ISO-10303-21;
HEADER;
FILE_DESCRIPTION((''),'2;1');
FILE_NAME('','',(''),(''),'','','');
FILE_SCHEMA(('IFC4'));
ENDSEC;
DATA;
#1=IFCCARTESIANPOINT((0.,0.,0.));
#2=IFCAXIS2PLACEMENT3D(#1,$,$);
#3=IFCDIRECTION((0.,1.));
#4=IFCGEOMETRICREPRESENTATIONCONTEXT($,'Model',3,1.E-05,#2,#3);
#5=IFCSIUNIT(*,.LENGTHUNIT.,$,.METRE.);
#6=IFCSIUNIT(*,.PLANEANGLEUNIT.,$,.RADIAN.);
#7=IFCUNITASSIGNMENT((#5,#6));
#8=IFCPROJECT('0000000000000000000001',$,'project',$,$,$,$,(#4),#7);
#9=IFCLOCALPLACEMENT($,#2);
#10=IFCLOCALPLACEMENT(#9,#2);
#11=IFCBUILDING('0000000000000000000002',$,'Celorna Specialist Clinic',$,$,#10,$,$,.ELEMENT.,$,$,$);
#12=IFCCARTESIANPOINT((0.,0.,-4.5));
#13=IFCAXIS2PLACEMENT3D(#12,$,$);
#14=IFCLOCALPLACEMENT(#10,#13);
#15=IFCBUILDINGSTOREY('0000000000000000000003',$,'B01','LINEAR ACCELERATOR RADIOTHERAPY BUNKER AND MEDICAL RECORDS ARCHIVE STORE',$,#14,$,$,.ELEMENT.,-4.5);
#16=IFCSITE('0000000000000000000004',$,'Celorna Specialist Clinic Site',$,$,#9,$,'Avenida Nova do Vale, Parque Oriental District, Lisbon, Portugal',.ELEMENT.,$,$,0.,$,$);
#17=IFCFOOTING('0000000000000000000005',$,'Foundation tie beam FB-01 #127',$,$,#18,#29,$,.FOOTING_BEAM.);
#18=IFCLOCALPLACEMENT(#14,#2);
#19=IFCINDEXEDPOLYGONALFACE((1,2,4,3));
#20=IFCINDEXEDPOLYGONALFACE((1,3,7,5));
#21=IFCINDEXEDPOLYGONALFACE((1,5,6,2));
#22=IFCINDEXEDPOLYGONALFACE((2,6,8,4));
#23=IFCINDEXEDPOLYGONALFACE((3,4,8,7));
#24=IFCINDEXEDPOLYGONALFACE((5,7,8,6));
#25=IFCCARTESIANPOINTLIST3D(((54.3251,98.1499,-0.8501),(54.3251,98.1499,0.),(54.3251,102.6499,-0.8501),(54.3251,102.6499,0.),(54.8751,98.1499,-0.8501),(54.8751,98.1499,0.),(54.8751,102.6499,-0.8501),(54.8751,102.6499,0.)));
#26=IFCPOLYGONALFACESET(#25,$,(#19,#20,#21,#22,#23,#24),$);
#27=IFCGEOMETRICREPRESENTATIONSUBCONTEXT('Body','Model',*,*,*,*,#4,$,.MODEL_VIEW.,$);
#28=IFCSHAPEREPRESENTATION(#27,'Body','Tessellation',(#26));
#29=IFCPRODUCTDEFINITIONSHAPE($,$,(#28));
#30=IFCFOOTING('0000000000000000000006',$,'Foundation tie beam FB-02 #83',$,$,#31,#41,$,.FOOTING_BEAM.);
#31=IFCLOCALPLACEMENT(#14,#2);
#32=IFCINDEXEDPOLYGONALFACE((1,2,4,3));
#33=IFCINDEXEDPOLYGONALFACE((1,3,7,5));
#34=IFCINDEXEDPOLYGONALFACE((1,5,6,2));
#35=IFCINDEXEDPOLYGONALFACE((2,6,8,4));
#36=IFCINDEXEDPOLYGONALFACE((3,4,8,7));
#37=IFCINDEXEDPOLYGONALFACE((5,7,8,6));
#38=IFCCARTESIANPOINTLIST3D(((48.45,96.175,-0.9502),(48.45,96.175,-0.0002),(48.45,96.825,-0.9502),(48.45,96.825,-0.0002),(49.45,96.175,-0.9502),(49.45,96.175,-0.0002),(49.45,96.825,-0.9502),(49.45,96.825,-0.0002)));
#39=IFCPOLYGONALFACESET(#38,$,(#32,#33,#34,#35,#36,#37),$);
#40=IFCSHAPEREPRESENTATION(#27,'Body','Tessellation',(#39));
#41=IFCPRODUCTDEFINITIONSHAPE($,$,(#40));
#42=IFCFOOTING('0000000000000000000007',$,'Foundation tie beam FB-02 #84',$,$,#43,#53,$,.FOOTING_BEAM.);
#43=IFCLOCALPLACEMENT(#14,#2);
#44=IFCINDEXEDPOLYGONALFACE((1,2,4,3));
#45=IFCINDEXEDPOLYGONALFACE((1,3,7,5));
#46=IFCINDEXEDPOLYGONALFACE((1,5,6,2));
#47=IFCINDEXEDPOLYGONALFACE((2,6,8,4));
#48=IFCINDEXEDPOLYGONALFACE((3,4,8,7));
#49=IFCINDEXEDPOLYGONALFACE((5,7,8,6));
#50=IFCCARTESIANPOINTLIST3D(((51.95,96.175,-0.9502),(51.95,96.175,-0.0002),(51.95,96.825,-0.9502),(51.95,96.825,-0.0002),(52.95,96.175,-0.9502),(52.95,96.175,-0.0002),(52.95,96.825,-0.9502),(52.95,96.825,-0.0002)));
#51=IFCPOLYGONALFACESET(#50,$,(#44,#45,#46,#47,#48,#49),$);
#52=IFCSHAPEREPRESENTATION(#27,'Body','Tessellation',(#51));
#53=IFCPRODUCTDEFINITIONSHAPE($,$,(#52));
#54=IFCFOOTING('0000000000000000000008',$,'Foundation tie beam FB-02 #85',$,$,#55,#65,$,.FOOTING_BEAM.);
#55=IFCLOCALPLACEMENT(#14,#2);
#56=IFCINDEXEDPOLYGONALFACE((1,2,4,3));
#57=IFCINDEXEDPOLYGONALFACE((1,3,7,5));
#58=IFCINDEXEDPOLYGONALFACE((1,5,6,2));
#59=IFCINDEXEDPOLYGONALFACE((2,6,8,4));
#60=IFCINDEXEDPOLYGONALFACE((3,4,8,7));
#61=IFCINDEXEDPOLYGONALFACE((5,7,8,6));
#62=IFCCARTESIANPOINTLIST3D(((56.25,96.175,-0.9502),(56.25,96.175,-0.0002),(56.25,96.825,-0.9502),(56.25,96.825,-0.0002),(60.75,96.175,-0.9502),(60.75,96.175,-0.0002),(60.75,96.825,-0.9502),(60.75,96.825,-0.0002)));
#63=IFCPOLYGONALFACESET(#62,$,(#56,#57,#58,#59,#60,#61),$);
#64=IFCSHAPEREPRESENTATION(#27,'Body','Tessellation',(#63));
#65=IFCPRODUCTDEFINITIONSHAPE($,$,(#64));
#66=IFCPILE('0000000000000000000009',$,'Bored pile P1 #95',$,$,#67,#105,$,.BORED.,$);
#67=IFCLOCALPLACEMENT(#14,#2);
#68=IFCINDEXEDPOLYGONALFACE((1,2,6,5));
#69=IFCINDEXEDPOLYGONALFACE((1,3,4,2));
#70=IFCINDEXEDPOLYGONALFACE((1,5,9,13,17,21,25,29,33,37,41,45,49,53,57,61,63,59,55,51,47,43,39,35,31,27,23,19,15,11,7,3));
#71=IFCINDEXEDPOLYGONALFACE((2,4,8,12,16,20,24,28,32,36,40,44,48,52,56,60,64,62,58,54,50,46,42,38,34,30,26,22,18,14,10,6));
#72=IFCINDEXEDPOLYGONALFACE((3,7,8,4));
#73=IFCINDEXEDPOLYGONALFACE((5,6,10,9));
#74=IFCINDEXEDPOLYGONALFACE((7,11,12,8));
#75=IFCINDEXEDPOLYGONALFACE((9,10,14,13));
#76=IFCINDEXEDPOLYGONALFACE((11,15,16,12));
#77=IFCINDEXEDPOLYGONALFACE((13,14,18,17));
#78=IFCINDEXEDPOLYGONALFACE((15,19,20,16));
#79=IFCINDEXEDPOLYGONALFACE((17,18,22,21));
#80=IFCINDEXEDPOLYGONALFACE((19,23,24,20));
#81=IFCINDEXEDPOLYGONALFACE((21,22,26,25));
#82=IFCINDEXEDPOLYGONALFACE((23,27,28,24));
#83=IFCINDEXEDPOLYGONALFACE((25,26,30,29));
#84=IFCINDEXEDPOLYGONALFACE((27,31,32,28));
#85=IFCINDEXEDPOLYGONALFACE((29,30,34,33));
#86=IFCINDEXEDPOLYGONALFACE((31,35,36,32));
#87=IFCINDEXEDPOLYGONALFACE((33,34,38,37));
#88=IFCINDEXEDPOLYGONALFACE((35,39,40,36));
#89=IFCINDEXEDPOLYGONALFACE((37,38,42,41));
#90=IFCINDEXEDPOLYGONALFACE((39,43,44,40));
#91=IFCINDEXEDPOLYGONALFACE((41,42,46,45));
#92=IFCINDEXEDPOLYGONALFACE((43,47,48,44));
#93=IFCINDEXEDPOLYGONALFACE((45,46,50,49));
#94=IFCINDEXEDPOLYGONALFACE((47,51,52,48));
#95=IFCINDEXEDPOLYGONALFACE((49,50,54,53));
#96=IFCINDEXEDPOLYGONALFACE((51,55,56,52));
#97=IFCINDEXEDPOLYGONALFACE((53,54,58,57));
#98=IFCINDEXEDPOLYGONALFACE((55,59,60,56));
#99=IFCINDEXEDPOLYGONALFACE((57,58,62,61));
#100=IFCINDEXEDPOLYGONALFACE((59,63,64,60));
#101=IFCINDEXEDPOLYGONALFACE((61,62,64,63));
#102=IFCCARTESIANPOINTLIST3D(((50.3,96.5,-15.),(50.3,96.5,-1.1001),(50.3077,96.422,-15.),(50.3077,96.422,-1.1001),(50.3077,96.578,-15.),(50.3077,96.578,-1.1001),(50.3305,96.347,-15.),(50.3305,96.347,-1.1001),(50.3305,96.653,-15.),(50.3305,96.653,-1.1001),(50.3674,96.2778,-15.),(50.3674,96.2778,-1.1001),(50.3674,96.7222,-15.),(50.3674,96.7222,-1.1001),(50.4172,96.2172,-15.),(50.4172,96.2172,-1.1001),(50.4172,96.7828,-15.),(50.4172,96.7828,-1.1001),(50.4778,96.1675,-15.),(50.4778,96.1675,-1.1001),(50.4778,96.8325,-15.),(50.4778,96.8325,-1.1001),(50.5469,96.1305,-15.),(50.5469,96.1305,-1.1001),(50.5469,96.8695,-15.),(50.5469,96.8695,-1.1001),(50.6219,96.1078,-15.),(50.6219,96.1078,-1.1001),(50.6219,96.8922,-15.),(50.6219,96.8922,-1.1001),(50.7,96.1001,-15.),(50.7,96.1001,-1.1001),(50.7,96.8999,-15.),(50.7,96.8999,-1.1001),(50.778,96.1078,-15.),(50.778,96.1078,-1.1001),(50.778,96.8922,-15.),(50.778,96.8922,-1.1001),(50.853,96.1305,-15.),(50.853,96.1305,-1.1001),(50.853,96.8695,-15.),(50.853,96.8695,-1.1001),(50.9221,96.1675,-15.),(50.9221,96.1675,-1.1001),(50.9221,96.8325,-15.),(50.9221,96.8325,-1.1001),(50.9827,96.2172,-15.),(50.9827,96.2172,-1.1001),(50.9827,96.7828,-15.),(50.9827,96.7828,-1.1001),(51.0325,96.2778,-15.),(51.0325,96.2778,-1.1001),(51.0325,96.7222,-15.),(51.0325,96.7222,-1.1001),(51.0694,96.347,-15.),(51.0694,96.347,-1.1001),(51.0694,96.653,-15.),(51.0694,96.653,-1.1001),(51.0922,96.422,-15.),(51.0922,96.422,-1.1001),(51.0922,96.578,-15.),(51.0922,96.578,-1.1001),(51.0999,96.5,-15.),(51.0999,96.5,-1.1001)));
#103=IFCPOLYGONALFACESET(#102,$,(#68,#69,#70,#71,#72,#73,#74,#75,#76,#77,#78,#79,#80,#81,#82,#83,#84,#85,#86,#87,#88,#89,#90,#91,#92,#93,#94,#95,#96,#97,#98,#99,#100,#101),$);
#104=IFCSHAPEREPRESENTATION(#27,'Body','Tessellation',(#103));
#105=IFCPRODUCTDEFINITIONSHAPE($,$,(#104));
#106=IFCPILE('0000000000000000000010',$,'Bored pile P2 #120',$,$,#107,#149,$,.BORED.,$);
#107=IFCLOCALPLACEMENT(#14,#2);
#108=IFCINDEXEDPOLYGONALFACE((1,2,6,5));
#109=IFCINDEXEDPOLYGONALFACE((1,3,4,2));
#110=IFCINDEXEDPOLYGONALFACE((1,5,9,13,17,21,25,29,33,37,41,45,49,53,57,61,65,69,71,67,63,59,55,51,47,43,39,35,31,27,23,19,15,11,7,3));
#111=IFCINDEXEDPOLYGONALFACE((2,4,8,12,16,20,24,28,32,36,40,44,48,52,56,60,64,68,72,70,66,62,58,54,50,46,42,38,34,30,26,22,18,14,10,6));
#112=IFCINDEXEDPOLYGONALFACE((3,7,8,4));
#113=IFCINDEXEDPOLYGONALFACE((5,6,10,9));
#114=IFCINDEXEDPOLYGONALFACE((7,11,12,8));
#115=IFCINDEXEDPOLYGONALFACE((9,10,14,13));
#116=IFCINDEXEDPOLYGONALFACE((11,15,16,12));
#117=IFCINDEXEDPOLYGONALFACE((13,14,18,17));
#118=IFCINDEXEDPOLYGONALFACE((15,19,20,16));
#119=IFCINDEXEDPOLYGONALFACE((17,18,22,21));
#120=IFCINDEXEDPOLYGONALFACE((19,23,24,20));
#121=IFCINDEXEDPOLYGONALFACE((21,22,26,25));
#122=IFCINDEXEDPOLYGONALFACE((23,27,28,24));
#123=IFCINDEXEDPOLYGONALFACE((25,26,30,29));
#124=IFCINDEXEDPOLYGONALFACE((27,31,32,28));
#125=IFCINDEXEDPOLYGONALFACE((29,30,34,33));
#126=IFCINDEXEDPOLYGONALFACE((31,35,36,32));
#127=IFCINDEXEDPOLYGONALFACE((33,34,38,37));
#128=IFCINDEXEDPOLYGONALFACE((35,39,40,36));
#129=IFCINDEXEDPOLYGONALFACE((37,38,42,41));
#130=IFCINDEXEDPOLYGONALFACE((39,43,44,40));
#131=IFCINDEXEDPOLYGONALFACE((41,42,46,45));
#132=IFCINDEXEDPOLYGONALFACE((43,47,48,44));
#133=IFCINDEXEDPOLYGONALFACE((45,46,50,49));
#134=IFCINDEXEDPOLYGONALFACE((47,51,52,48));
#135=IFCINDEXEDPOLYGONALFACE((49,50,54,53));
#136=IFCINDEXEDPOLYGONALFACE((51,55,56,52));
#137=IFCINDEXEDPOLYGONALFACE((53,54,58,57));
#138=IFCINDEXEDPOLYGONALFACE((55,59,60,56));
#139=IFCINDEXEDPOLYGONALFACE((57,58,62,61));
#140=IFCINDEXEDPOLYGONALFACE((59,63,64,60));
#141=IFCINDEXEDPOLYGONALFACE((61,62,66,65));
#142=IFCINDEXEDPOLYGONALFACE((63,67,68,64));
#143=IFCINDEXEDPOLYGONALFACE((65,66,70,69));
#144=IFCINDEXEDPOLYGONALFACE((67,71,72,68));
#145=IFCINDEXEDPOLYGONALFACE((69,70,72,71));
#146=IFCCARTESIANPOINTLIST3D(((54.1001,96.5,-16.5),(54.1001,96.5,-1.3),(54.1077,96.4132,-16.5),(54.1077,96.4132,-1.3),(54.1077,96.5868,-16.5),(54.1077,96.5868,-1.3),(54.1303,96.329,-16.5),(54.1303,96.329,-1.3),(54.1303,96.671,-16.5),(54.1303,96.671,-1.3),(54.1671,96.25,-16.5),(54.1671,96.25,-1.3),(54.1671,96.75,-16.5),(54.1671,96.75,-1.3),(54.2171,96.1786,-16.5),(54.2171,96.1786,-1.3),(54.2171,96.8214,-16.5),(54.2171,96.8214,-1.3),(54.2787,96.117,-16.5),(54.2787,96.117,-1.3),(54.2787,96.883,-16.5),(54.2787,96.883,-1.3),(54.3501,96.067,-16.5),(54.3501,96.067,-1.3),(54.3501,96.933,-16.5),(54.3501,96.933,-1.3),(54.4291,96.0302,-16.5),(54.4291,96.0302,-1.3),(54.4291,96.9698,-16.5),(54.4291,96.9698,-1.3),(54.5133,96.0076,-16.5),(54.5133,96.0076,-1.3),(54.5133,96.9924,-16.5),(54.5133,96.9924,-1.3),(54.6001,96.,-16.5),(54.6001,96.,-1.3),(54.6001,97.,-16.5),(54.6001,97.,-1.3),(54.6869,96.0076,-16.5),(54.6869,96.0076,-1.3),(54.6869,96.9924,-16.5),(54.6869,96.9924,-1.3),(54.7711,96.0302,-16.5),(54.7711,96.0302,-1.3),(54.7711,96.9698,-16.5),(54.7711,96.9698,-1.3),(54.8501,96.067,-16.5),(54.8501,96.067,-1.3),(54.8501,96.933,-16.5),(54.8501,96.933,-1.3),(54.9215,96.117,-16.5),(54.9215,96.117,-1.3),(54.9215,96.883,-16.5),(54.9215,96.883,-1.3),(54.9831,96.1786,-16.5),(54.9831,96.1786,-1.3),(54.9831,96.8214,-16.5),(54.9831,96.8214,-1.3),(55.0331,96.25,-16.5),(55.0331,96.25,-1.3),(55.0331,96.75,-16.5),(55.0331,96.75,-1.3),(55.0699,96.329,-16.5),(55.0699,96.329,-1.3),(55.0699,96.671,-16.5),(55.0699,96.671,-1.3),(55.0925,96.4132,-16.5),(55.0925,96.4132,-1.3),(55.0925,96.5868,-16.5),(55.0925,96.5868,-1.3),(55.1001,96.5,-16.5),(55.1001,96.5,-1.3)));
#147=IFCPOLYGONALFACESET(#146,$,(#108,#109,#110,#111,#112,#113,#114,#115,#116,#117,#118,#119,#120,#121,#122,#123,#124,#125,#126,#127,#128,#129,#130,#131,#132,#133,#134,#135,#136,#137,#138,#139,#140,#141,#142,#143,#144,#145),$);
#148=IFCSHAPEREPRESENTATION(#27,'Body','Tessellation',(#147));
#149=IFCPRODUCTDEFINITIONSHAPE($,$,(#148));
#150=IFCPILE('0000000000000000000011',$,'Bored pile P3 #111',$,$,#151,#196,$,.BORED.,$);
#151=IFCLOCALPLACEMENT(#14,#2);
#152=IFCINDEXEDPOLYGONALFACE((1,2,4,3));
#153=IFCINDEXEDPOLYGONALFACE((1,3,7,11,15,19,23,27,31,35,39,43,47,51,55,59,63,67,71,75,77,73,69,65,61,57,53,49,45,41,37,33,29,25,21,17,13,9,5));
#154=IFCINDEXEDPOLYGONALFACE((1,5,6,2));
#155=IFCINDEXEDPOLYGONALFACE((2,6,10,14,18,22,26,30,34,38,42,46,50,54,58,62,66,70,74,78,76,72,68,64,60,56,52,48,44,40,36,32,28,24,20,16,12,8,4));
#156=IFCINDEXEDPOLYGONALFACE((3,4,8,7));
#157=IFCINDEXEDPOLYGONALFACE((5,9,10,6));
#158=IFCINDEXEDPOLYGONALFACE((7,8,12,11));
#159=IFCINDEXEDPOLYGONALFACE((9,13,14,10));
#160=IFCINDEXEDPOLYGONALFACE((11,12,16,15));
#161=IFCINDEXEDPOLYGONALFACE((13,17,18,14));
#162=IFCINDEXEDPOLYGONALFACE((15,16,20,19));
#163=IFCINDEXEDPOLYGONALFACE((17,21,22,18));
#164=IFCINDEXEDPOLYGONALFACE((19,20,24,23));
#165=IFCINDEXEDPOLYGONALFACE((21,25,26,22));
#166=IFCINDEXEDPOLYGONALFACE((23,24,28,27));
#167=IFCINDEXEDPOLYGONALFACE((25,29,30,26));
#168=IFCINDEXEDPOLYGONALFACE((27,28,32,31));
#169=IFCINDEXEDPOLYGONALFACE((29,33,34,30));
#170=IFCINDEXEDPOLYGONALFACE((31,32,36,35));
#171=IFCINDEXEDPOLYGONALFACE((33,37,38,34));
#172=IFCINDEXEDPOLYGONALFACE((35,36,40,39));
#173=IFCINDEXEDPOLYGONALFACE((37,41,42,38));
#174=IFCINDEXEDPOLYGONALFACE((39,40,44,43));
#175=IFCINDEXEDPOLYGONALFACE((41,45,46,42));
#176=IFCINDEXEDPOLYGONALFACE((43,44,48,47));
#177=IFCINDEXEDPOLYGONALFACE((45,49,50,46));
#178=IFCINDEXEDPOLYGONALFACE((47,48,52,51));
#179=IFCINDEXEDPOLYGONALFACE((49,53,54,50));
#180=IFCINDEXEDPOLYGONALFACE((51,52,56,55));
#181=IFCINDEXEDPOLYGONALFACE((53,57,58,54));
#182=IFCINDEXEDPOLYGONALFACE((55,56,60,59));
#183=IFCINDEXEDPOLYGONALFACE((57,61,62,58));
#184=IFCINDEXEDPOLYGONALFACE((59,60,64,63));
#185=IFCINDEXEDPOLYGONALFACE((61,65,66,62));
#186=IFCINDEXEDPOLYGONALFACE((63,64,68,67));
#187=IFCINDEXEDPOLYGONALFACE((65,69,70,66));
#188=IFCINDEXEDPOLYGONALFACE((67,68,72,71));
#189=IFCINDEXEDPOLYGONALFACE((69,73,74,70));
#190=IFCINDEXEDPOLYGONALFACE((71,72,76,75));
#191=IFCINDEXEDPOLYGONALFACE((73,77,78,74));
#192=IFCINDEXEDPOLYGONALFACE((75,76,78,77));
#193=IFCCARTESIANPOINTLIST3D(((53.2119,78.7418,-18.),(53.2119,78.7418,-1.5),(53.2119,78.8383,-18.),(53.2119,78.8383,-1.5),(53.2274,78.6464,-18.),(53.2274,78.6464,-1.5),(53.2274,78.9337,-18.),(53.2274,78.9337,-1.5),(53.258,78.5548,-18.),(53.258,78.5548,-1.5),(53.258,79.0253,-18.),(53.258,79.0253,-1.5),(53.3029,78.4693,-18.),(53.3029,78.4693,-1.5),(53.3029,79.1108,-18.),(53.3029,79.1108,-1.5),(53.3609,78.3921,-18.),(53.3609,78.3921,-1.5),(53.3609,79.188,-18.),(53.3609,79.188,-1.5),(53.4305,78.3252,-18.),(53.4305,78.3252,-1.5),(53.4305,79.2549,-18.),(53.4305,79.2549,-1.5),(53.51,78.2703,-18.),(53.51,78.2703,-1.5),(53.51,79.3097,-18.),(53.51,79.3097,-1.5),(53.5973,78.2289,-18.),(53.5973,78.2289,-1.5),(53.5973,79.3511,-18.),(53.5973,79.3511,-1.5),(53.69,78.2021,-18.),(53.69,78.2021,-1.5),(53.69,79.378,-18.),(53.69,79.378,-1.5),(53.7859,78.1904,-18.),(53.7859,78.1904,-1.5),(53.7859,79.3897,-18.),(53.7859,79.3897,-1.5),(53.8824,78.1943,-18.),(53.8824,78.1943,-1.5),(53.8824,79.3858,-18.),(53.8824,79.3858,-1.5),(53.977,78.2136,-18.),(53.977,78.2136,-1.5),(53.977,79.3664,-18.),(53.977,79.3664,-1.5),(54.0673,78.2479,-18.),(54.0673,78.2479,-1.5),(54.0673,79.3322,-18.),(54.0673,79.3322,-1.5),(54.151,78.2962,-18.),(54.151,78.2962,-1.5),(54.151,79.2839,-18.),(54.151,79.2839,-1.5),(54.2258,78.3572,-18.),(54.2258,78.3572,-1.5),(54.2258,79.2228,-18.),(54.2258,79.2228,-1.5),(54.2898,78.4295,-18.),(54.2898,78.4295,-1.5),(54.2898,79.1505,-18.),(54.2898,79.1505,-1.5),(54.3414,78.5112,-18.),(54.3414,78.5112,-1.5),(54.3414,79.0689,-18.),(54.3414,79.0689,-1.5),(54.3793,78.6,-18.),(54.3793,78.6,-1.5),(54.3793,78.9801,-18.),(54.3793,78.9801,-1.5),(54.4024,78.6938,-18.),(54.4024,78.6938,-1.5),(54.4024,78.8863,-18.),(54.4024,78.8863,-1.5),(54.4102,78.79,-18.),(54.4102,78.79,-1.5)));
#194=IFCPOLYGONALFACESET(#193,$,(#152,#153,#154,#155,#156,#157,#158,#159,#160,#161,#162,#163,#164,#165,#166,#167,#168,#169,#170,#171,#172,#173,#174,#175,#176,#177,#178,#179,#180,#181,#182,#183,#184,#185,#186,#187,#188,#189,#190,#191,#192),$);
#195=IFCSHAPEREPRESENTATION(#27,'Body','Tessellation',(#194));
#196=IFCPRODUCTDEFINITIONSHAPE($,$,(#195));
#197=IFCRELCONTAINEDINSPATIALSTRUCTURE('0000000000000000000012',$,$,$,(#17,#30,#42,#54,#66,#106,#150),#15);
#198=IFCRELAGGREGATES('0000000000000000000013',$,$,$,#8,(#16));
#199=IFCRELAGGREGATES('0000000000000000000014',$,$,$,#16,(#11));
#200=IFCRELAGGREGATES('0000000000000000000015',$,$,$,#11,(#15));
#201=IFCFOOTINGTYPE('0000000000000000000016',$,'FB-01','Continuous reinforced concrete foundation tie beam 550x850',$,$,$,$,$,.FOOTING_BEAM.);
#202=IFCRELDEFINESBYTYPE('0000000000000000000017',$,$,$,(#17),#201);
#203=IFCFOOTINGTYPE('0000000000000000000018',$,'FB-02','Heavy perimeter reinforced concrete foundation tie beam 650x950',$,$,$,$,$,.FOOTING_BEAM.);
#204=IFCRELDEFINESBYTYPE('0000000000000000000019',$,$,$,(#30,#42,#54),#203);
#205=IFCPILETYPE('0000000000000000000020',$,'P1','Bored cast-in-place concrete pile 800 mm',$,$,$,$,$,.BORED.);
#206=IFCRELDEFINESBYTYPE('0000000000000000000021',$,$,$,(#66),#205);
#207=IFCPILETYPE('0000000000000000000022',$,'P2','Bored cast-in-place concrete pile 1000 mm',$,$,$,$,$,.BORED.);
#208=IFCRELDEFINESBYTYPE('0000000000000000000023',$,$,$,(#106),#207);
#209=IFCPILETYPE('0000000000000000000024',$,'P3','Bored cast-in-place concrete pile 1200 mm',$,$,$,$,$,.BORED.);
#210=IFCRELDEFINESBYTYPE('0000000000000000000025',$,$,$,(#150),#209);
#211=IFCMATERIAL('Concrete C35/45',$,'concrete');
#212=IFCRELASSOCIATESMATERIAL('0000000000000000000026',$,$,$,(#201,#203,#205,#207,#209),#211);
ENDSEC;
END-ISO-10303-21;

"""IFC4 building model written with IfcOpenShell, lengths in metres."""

from ifc_helpers import new_model, si_unit, direction, frame, origin, origin_2d, place, context, subcontext, project, spatial, rectangle, circle, extrude, material, material_profile, profile_set, type_object, element, save


model = new_model("IFC4")

# Units and contexts
model_context = context("Model", 3, precision=1e-05, world=origin(), true_north=direction((0.0, 1.0)))
body_context = subcontext(model_context, "Body", "Model", "MODEL_VIEW")
ifc_project = project(units=[si_unit("LENGTHUNIT", "METRE"), si_unit("PLANEANGLEUNIT", "RADIAN")], contexts=[model_context])

# Site, building, storey
site_placement = place(None, origin())
site = spatial("IfcSite", under=ifc_project, at=site_placement, Name="Celorna Specialist Clinic Site", LongName="Avenida Nova do Vale, Parque Oriental District, Lisbon, Portugal", CompositionType="ELEMENT", RefElevation=0.0)
building_placement = place(site_placement, origin())
building = spatial("IfcBuilding", under=site, at=building_placement, Name="Celorna Specialist Clinic", CompositionType="ELEMENT")
storey_placement = place(building_placement, frame((0.0, 0.0, -4.5)))
storey = spatial("IfcBuildingStorey", under=building, at=storey_placement, Name="B01", Description="LINEAR ACCELERATOR RADIOTHERAPY BUNKER AND MEDICAL RECORDS ARCHIVE STORE", CompositionType="ELEMENT", Elevation=-4.5)

# Footings
ifc_material_1 = material(Name="Concrete C35/45", Category="concrete")
footing_type_1 = type_object("IfcFootingType", Name="FB-01", Description="Continuous reinforced concrete foundation tie beam 550x850", PredefinedType="FOOTING_BEAM", material=ifc_material_1)
footing_1_placement = place(storey_placement, frame((54.6001, 100.3999, -0.8501), z_axis=(0.0, 0.0, 1.0), x_axis=(0.0, 1.0, 0.0)))
element("IfcFooting", 1, at=footing_1_placement, inside=storey, type_object=footing_type_1, Name="Foundation tie beam FB-01 #127", PredefinedType="FOOTING_BEAM", context=body_context, shape_type="SweptSolid", body=[
    extrude(rectangle(XDim=4.5, YDim=0.55, at=origin_2d()), origin(), (0.0, 0.0, 1.0), 0.8501),
])
footing_type_2 = type_object("IfcFootingType", Name="FB-02", Description="Heavy perimeter reinforced concrete foundation tie beam 650x950", PredefinedType="FOOTING_BEAM", material=ifc_material_1)
for number, where, z_axis, x_axis, name in (
    (2, (48.95, 96.5, -0.9502), (0.0, 0.0, 1.0), (1.0, 0.0, 0.0), "Foundation tie beam FB-02 #83"),
    (3, (52.45, 96.5, -0.9502), (0.0, 0.0, 1.0), (1.0, 0.0, 0.0), "Foundation tie beam FB-02 #84"),
):
    element("IfcFooting", number, at=place(storey_placement, frame(where, z_axis=z_axis, x_axis=x_axis)), inside=storey, type_object=footing_type_2, Name=name, PredefinedType="FOOTING_BEAM", context=body_context, shape_type="SweptSolid", body=[
        extrude(rectangle(XDim=1.0, YDim=0.6499, at=origin_2d()), origin(), (0.0, 0.0, 1.0), 0.95),
    ])
footing_2_placement = place(storey_placement, frame((58.5, 96.5, -0.9502), z_axis=(0.0, 0.0, 1.0), x_axis=(1.0, 0.0, 0.0)))
element("IfcFooting", 4, at=footing_2_placement, inside=storey, type_object=footing_type_2, Name="Foundation tie beam FB-02 #85", PredefinedType="FOOTING_BEAM", context=body_context, shape_type="SweptSolid", body=[
    extrude(rectangle(XDim=4.5, YDim=0.6499, at=origin_2d()), origin(), (0.0, 0.0, 1.0), 0.95),
])

# Piles
ifc_material_profile_1 = material_profile(ifc_material_1, circle(Radius=0.3999, at=origin_2d()), Name="BORED PILE 800")
ifc_profile_set_1 = profile_set([ifc_material_profile_1], Name="Concrete C35/45")
pile_type_1 = type_object("IfcPileType", Name="P1", Description="Bored cast-in-place concrete pile 800 mm", PredefinedType="BORED", material=ifc_profile_set_1)
pile_1_placement = place(storey_placement, frame((50.7, 96.5, -1.1001), z_axis=(0.0, 0.0, -1.0), x_axis=(1.0, 0.0, 0.0)))
element("IfcPile", 5, at=pile_1_placement, inside=storey, type_object=pile_type_1, Name="Bored pile P1 #95", PredefinedType="BORED", context=body_context, shape_type="SweptSolid", body=[
    extrude(circle(Radius=0.3999, at=origin_2d()), origin(), (0.0, 0.0, 1.0), 13.8999),
])
ifc_material_profile_2 = material_profile(ifc_material_1, circle(Radius=0.5, at=origin_2d()), Name="BORED PILE 1000")
ifc_profile_set_2 = profile_set([ifc_material_profile_2], Name="Concrete C35/45")
pile_type_2 = type_object("IfcPileType", Name="P2", Description="Bored cast-in-place concrete pile 1000 mm", PredefinedType="BORED", material=ifc_profile_set_2)
pile_2_placement = place(storey_placement, frame((54.6001, 96.5, -1.3), z_axis=(0.0, 0.0, -1.0), x_axis=(1.0, 0.0, 0.0)))
element("IfcPile", 6, at=pile_2_placement, inside=storey, type_object=pile_type_2, Name="Bored pile P2 #120", PredefinedType="BORED", context=body_context, shape_type="SweptSolid", body=[
    extrude(circle(Radius=0.5, at=origin_2d()), origin(), (0.0, 0.0, 1.0), 15.2),
])
ifc_material_profile_3 = material_profile(ifc_material_1, circle(Radius=0.6001, at=origin_2d()), Name="BORED PILE 1200")
ifc_profile_set_3 = profile_set([ifc_material_profile_3], Name="Concrete C35/45")
pile_type_3 = type_object("IfcPileType", Name="P3", Description="Bored cast-in-place concrete pile 1200 mm", PredefinedType="BORED", material=ifc_profile_set_3)
for number, where, z_axis, x_axis, name in (
    (7, (53.8101, 78.79, -1.5), (0.0, 0.0, -1.0), (1.0, 0.0, 0.0), "Bored pile P3 #111"),
):
    element("IfcPile", number, at=place(storey_placement, frame(where, z_axis=z_axis, x_axis=x_axis)), inside=storey, type_object=pile_type_3, Name=name, PredefinedType="BORED", context=body_context, shape_type="SweptSolid", body=[
        extrude(circle(Radius=0.6001, at=origin_2d()), origin(), (0.0, 0.0, 1.0), 16.5),
    ])

save(model, "model.ifc")
